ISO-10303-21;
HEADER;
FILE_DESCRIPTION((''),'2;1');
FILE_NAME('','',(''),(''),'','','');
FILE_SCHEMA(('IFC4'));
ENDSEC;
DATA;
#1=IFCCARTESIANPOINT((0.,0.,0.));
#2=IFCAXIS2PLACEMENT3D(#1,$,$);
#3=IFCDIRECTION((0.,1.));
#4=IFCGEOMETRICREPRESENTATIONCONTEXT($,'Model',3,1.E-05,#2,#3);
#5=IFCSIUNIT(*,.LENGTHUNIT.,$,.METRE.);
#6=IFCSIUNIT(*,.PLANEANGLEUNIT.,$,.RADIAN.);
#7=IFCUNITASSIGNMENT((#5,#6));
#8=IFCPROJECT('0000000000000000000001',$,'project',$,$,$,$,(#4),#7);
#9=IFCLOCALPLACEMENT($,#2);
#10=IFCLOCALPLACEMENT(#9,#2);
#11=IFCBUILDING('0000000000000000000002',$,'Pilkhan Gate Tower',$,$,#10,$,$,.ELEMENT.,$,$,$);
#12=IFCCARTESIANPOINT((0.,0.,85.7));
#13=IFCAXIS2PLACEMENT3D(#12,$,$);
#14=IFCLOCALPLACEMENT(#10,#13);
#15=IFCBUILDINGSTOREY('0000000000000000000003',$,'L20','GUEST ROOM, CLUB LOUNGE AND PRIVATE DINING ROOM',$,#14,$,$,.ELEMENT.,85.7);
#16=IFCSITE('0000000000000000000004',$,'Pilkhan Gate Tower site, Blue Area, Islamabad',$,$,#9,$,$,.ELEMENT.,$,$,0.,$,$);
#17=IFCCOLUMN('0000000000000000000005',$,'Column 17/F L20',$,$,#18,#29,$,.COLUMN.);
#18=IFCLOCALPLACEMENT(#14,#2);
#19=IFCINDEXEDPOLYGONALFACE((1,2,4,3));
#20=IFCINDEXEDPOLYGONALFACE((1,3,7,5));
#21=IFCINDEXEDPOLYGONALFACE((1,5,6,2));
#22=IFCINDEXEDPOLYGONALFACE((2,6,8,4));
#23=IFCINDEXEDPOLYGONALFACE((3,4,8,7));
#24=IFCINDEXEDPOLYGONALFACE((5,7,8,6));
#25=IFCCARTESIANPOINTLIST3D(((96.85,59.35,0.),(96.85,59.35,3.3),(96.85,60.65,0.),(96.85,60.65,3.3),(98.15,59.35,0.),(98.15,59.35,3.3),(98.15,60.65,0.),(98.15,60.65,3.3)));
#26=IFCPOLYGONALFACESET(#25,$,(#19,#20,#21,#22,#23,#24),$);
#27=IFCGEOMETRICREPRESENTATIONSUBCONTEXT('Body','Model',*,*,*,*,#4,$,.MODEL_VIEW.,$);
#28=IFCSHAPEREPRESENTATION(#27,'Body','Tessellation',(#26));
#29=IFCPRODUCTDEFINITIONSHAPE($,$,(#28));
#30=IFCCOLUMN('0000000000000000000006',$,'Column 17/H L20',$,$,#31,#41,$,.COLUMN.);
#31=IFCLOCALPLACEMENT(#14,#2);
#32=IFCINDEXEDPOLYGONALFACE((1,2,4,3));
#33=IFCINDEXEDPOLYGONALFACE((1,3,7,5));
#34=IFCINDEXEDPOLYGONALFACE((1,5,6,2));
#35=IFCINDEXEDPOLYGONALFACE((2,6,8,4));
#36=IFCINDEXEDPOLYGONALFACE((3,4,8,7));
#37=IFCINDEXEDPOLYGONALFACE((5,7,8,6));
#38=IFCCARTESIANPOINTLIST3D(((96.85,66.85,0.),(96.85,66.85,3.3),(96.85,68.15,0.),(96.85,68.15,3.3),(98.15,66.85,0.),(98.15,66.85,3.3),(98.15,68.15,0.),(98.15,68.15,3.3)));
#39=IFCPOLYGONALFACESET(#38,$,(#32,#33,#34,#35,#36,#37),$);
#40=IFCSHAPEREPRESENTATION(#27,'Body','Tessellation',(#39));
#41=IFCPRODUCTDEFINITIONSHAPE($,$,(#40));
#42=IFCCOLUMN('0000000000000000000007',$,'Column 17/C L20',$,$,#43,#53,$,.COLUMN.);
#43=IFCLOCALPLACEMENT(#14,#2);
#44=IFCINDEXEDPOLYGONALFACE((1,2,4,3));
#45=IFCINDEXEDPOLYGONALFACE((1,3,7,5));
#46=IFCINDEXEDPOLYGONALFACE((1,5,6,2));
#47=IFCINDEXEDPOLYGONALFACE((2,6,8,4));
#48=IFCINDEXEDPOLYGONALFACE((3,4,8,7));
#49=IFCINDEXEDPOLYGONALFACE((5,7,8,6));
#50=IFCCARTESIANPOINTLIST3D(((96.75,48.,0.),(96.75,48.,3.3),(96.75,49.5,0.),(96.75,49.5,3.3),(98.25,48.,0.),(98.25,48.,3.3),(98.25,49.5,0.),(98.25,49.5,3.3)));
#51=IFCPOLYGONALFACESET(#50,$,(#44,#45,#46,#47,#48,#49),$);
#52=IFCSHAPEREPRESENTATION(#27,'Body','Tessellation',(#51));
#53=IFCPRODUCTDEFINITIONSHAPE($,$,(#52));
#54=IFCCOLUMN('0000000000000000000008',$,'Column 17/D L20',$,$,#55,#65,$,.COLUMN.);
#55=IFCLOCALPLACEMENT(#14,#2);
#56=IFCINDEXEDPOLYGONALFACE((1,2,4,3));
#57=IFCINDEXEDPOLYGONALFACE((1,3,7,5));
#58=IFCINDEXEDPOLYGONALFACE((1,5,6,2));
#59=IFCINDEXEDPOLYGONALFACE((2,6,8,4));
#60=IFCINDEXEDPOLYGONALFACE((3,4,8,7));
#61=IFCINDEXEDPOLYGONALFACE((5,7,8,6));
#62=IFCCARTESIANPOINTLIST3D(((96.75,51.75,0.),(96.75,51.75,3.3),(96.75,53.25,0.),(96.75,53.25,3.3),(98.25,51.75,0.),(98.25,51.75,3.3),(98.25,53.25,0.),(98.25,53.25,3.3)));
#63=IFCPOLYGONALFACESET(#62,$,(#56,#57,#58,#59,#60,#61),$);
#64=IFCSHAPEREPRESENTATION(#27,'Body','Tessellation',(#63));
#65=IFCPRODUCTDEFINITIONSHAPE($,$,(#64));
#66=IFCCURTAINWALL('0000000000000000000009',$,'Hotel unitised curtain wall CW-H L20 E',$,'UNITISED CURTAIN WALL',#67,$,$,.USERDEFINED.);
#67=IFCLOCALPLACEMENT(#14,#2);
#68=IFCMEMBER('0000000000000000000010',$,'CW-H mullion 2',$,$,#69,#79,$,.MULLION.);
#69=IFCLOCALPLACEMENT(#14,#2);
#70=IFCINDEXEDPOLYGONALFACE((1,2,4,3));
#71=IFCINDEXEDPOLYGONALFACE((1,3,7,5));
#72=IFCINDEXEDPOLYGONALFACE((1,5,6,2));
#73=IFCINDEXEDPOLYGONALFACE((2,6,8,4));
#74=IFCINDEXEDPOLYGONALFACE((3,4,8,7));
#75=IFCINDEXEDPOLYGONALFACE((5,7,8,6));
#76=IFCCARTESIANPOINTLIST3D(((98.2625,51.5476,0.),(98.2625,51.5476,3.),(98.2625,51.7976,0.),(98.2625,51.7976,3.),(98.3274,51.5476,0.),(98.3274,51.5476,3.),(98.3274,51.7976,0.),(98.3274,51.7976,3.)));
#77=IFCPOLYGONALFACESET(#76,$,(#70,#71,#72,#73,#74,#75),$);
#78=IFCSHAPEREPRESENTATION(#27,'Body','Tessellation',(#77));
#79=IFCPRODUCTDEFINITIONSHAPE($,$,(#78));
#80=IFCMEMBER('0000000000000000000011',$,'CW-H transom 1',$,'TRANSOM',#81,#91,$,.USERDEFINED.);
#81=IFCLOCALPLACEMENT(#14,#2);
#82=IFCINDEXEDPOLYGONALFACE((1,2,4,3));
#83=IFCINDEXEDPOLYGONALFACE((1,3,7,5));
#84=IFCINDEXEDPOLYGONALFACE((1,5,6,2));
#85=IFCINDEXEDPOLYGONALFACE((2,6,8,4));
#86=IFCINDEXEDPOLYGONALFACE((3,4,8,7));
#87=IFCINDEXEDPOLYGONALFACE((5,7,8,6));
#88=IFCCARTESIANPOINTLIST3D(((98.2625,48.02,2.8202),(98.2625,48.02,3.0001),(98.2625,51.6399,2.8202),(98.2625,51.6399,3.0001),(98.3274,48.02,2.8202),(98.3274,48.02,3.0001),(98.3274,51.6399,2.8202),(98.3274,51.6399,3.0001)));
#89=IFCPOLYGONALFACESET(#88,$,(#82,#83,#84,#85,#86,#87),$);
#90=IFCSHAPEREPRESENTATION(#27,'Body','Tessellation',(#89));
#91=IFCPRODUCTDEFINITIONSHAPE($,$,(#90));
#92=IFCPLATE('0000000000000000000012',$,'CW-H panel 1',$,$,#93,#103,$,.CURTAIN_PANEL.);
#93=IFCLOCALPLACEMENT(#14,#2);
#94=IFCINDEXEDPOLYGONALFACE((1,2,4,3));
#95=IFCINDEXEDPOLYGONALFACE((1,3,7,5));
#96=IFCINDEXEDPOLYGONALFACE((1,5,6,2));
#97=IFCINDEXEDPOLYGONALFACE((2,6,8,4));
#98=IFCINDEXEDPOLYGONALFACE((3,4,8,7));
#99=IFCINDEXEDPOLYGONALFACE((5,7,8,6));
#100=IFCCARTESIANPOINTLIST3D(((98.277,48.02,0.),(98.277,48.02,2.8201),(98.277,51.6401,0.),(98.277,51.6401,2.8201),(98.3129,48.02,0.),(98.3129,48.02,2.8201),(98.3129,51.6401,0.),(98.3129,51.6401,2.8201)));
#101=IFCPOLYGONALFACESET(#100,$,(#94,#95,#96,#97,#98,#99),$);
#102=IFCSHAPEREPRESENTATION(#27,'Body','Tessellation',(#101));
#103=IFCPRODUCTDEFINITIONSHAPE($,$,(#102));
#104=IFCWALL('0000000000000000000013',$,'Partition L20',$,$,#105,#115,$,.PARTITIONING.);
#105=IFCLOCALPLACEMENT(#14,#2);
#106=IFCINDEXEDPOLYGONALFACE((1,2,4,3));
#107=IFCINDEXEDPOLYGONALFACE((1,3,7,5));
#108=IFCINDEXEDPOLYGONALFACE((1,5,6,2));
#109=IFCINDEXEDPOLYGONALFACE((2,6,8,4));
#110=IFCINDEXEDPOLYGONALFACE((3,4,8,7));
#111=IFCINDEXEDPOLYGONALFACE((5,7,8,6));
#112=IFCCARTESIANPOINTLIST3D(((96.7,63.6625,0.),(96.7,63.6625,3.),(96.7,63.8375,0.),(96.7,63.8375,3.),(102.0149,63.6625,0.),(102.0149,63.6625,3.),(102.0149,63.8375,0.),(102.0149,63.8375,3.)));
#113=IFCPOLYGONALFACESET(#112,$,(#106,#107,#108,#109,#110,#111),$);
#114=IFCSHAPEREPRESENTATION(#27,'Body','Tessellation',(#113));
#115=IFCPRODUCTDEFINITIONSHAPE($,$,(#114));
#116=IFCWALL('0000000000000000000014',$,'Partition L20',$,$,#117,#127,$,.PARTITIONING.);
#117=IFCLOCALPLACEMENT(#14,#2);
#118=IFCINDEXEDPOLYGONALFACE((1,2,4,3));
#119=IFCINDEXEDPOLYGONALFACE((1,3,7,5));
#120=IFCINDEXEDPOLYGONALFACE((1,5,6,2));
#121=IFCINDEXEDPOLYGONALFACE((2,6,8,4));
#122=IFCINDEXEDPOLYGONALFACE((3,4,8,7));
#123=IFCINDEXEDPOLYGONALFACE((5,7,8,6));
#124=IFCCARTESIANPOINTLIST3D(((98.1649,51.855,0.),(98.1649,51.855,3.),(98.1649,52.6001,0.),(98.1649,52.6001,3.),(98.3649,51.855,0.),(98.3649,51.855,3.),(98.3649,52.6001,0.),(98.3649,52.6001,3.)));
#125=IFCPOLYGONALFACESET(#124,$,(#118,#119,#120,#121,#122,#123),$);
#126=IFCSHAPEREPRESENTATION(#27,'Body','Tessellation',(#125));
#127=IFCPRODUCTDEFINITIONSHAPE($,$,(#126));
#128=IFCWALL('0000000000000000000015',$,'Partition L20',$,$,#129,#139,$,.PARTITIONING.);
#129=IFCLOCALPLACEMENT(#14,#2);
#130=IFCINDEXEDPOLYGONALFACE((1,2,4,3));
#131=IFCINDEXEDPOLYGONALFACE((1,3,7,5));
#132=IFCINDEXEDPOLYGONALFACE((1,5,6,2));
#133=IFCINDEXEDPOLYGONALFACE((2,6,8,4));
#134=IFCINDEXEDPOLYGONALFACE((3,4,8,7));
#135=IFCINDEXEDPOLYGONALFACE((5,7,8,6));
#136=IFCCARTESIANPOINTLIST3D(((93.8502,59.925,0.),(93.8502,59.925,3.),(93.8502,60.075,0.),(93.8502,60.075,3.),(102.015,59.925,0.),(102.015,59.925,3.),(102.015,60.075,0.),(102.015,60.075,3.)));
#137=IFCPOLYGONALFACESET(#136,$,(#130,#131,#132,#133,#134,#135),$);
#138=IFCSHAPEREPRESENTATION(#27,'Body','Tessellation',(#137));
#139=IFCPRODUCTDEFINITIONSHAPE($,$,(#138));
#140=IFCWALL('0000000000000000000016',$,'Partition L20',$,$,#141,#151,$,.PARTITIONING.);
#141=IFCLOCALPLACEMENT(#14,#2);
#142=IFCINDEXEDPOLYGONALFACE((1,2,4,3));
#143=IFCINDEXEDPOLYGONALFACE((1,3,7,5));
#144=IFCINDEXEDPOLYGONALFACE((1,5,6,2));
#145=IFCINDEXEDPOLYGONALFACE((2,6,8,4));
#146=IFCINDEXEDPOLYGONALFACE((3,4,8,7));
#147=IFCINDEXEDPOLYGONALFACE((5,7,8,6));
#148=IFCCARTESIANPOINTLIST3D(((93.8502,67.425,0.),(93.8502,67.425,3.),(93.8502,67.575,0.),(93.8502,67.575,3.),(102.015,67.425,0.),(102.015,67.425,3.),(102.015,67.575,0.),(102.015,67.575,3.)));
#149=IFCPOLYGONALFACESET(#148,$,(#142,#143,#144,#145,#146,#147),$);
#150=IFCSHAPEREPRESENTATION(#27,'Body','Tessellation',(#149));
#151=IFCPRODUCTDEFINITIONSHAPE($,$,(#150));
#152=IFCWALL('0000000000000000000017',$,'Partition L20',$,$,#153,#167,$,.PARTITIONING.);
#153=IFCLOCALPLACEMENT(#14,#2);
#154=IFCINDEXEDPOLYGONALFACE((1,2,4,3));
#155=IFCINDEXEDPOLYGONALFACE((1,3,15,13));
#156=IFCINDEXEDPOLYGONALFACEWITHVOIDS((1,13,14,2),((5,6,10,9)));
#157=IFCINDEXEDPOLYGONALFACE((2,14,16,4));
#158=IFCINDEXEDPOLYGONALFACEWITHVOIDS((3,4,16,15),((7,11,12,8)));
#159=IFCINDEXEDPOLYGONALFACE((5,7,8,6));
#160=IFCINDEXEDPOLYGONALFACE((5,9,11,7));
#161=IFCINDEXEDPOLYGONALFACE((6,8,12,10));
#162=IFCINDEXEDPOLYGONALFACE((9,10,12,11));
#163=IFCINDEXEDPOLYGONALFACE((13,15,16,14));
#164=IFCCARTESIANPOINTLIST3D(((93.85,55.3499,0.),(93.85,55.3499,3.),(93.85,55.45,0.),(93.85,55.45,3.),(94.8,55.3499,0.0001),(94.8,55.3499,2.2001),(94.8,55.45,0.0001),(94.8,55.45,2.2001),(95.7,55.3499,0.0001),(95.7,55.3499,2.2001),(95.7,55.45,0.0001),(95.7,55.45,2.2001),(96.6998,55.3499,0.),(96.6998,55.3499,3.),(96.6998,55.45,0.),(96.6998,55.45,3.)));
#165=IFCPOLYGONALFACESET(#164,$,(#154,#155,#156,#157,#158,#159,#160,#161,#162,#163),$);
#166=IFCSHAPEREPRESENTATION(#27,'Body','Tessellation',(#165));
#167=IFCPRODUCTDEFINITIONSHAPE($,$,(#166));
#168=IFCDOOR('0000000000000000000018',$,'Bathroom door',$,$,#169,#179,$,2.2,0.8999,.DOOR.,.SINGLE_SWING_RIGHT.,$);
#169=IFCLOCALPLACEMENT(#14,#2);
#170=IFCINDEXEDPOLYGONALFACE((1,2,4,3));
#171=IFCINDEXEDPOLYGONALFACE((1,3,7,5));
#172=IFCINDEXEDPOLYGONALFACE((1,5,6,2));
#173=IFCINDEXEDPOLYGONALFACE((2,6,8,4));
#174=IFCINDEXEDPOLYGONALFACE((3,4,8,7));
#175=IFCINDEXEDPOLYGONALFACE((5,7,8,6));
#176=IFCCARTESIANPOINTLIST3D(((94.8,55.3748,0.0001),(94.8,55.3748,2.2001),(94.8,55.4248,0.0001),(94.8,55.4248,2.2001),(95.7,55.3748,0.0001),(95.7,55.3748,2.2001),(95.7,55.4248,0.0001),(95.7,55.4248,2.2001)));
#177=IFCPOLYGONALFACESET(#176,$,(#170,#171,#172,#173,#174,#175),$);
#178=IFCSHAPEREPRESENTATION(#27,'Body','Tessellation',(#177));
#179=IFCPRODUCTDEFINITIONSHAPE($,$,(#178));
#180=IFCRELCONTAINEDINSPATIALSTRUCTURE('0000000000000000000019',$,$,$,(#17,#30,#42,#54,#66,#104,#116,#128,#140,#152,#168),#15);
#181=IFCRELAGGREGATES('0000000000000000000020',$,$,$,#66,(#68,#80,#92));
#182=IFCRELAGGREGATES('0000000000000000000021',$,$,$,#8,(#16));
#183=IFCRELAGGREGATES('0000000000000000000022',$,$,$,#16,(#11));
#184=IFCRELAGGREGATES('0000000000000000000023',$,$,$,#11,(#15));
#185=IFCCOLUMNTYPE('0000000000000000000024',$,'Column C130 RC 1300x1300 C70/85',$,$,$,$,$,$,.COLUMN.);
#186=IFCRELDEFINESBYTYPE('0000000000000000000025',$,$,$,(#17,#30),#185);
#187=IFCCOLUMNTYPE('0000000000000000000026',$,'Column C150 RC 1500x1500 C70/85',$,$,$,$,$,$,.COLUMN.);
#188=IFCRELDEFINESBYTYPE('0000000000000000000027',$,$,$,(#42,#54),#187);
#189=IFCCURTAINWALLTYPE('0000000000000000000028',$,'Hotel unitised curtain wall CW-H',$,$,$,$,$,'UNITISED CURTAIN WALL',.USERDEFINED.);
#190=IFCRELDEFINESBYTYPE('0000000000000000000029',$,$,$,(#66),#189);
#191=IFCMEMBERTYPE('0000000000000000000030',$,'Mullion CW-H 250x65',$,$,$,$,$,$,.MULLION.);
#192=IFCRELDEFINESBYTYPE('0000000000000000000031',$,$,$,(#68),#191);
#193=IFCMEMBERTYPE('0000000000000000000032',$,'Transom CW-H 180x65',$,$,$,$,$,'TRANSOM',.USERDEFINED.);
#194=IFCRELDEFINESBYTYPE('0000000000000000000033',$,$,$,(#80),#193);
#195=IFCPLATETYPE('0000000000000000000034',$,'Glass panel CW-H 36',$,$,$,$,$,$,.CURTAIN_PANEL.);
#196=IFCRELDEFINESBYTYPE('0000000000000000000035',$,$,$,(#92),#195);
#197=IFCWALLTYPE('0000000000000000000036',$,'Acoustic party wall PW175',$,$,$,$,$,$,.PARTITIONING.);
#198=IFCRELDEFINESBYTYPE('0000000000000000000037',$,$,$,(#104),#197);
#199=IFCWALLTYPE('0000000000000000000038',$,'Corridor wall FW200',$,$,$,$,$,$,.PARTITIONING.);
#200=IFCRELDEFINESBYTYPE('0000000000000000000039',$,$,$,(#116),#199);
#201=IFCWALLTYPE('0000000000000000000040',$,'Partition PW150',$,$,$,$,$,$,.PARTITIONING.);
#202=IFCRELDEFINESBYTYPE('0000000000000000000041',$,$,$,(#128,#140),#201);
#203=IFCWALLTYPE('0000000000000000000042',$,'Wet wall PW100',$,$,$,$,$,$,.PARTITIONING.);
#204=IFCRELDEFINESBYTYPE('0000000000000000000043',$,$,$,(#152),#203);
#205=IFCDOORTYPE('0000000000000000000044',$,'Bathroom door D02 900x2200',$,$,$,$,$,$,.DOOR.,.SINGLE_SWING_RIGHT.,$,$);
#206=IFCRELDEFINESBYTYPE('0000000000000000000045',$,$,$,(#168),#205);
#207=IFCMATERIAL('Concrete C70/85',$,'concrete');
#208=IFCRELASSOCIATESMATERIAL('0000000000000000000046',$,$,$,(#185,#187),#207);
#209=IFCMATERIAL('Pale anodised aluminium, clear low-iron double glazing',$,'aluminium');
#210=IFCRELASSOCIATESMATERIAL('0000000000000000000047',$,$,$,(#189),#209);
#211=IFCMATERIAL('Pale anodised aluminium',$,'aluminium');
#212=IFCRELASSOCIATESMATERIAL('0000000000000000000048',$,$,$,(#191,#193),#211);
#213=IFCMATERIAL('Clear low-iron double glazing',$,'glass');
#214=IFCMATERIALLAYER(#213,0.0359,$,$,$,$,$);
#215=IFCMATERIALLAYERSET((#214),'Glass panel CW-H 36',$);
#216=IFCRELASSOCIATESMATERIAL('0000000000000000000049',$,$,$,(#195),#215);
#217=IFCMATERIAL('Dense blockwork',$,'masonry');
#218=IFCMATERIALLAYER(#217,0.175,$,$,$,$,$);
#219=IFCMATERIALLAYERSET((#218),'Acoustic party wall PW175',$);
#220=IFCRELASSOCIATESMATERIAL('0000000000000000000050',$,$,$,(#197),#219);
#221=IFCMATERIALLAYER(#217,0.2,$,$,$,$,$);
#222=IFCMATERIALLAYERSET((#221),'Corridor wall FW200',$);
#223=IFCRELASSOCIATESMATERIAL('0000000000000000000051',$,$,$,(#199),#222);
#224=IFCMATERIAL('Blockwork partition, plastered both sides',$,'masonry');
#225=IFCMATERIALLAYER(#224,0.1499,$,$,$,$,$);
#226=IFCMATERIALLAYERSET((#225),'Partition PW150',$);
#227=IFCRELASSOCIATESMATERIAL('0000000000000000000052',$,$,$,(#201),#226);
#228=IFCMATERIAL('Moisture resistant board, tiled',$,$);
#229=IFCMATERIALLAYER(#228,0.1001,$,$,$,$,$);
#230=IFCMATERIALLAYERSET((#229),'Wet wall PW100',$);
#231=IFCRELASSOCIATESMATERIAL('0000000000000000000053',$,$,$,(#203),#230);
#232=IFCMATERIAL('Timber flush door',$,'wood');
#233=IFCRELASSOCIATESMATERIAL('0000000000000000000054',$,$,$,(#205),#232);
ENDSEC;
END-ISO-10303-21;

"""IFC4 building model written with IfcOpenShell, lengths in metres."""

from ifc_helpers import new_model, si_unit, direction, frame, frame_2d, origin, origin_2d, place, context, subcontext, project, spatial, rectangle, extrude, material, layer, layer_set, material_profile, profile_set, type_object, element, fill, aggregate, save


model = new_model("IFC4")

# Units and contexts
model_context = context("Model", 3, precision=1e-05, world=origin(), true_north=direction((0.0, 1.0)))
body_context = subcontext(model_context, "Body", "Model", "MODEL_VIEW")
ifc_project = project(units=[si_unit("LENGTHUNIT", "METRE"), si_unit("PLANEANGLEUNIT", "RADIAN")], contexts=[model_context])

# Site, building, storey
site_placement = place(None, origin())
site = spatial("IfcSite", under=ifc_project, at=site_placement, Name="Pilkhan Gate Tower site, Blue Area, Islamabad", CompositionType="ELEMENT", RefElevation=0.0)
building_placement = place(site_placement, origin())
building = spatial("IfcBuilding", under=site, at=building_placement, Name="Pilkhan Gate Tower", CompositionType="ELEMENT")
storey_placement = place(building_placement, frame((0.0, 0.0, 85.7)))
storey = spatial("IfcBuildingStorey", under=building, at=storey_placement, Name="L20", Description="GUEST ROOM, CLUB LOUNGE AND PRIVATE DINING ROOM", CompositionType="ELEMENT", Elevation=85.7)

# Columns
ifc_material_1 = material(Name="Concrete C70/85", Category="concrete")
ifc_material_profile_1 = material_profile(ifc_material_1, rectangle(XDim=1.3, YDim=1.3, at=origin_2d()), Name="RC 1300x1300")
ifc_profile_set_1 = profile_set([ifc_material_profile_1], Name="Concrete C70/85")
column_type_1 = type_object("IfcColumnType", Name="Column C130 RC 1300x1300 C70/85", PredefinedType="COLUMN", material=ifc_profile_set_1)
for number, where, z_axis, x_axis, name in (
    (1, (97.5, 60.0, 0.0), (0.0, 0.0, 1.0), (1.0, 0.0, 0.0), "Column 17/F L20"),
    (2, (97.5, 67.5, 0.0), (0.0, 0.0, 1.0), (1.0, 0.0, 0.0), "Column 17/H L20"),
):
    element("IfcColumn", number, at=place(storey_placement, frame(where, z_axis=z_axis, x_axis=x_axis)), inside=storey, type_object=column_type_1, Name=name, PredefinedType="COLUMN", context=body_context, shape_type="SweptSolid", body=[
        extrude(rectangle(XDim=1.3, YDim=1.3, at=origin_2d()), origin(), (0.0, 0.0, 1.0), 3.3),
    ])
ifc_material_profile_2 = material_profile(ifc_material_1, rectangle(XDim=1.5, YDim=1.5, at=origin_2d()), Name="RC 1500x1500")
ifc_profile_set_2 = profile_set([ifc_material_profile_2], Name="Concrete C70/85")
column_type_2 = type_object("IfcColumnType", Name="Column C150 RC 1500x1500 C70/85", PredefinedType="COLUMN", material=ifc_profile_set_2)
for number, where, z_axis, x_axis, name in (
    (3, (97.5, 48.75, 0.0), (0.0, 0.0, 1.0), (1.0, 0.0, 0.0), "Column 17/C L20"),
    (4, (97.5, 52.5, 0.0), (0.0, 0.0, 1.0), (1.0, 0.0, 0.0), "Column 17/D L20"),
):
    element("IfcColumn", number, at=place(storey_placement, frame(where, z_axis=z_axis, x_axis=x_axis)), inside=storey, type_object=column_type_2, Name=name, PredefinedType="COLUMN", context=body_context, shape_type="SweptSolid", body=[
        extrude(rectangle(XDim=1.5, YDim=1.5, at=origin_2d()), origin(), (0.0, 0.0, 1.0), 3.3),
    ])

# Curtain wall, members, plate
ifc_material_2 = material(Name="Pale anodised aluminium, clear low-iron double glazing", Category="aluminium")
curtain_wall_type = type_object("IfcCurtainWallType", Name="Hotel unitised curtain wall CW-H", ElementType="UNITISED CURTAIN WALL", PredefinedType="USERDEFINED", material=ifc_material_2)
curtain_wall_placement = place(storey_placement, origin())
curtain_wall = element("IfcCurtainWall", 5, at=curtain_wall_placement, inside=storey, type_object=curtain_wall_type, Name="Hotel unitised curtain wall CW-H L20 E", ObjectType="UNITISED CURTAIN WALL", PredefinedType="USERDEFINED")
ifc_material_3 = material(Name="Pale anodised aluminium", Category="aluminium")
ifc_material_profile_3 = material_profile(ifc_material_3, rectangle(XDim=0.0649, YDim=0.25, at=origin_2d()), Name="Mullion 250x65")
ifc_profile_set_3 = profile_set([ifc_material_profile_3], Name="Pale anodised aluminium")
member_type_1 = type_object("IfcMemberType", Name="Mullion CW-H 250x65", PredefinedType="MULLION", material=ifc_profile_set_3)
member_1_placement = place(storey_placement, frame((98.2949, 51.6726, 0.0), z_axis=(0.0, 0.0, 1.0), x_axis=(-1.0, 0.0, 0.0)))
member_1 = element("IfcMember", 6, at=member_1_placement, type_object=member_type_1, Name="CW-H mullion 2", PredefinedType="MULLION", context=body_context, shape_type="SweptSolid", body=[
    extrude(rectangle(XDim=0.0649, YDim=0.25, at=origin_2d()), origin(), (0.0, 0.0, 1.0), 3.0),
])
ifc_material_profile_4 = material_profile(ifc_material_3, rectangle(XDim=0.0649, YDim=0.1799, at=origin_2d()), Name="Transom 180x65")
ifc_profile_set_4 = profile_set([ifc_material_profile_4], Name="Pale anodised aluminium")
member_type_2 = type_object("IfcMemberType", Name="Transom CW-H 180x65", ElementType="TRANSOM", PredefinedType="USERDEFINED", material=ifc_profile_set_4)
member_2_placement = place(storey_placement, frame((98.2949, 48.02, 2.9102), z_axis=(0.0, 1.0, 0.0), x_axis=(-1.0, 0.0, 0.0)))
member_2 = element("IfcMember", 7, at=member_2_placement, type_object=member_type_2, Name="CW-H transom 1", ObjectType="TRANSOM", PredefinedType="USERDEFINED", context=body_context, shape_type="SweptSolid", body=[
    extrude(rectangle(XDim=0.0649, YDim=0.1799, at=origin_2d()), origin(), (0.0, 0.0, 1.0), 3.6199),
])
ifc_material_4 = material(Name="Clear low-iron double glazing", Category="glass")
ifc_layer_1 = layer(ifc_material_4, 0.0359)
ifc_layer_set_1 = layer_set([ifc_layer_1], Name="Glass panel CW-H 36")
plate_type = type_object("IfcPlateType", Name="Glass panel CW-H 36", PredefinedType="CURTAIN_PANEL", material=ifc_layer_set_1)
plate_placement = place(storey_placement, frame((98.2949, 49.8301, 0.0), z_axis=(0.0, 0.0, 1.0), x_axis=(0.0, 1.0, 0.0)))
plate = element("IfcPlate", 8, at=plate_placement, type_object=plate_type, Name="CW-H panel 1", PredefinedType="CURTAIN_PANEL", context=body_context, shape_type="SweptSolid", body=[
    extrude(rectangle(XDim=3.6201, YDim=0.0359, at=origin_2d()), origin(), (0.0, 0.0, 1.0), 2.8201),
])
aggregate(curtain_wall, [member_1, member_2, plate])

# Walls
ifc_material_5 = material(Name="Dense blockwork", Category="masonry")
ifc_layer_2 = layer(ifc_material_5, 0.175)
ifc_layer_set_2 = layer_set([ifc_layer_2], Name="Acoustic party wall PW175")
wall_type_1 = type_object("IfcWallType", Name="Acoustic party wall PW175", PredefinedType="PARTITIONING", material=ifc_layer_set_2)
wall_1_placement = place(storey_placement, frame((96.7, 63.75, 0.0), z_axis=(0.0, 0.0, 1.0), x_axis=(1.0, 0.0, 0.0)))
element("IfcWall", 9, at=wall_1_placement, inside=storey, type_object=wall_type_1, Name="Partition L20", PredefinedType="PARTITIONING", context=body_context, shape_type="SweptSolid", body=[
    extrude(rectangle(XDim=5.3149, YDim=0.175, at=frame_2d((2.6575, 0.0))), origin(), (0.0, 0.0, 1.0), 3.0),
])
ifc_layer_3 = layer(ifc_material_5, 0.2)
ifc_layer_set_3 = layer_set([ifc_layer_3], Name="Corridor wall FW200")
wall_type_2 = type_object("IfcWallType", Name="Corridor wall FW200", PredefinedType="PARTITIONING", material=ifc_layer_set_3)
wall_2_placement = place(storey_placement, frame((98.2649, 51.855, 0.0), z_axis=(0.0, 0.0, 1.0), x_axis=(0.0, 1.0, 0.0)))
element("IfcWall", 10, at=wall_2_placement, inside=storey, type_object=wall_type_2, Name="Partition L20", PredefinedType="PARTITIONING", context=body_context, shape_type="SweptSolid", body=[
    extrude(rectangle(XDim=0.7451, YDim=0.2, at=frame_2d((0.3726, 0.0))), origin(), (0.0, 0.0, 1.0), 3.0),
])
ifc_material_6 = material(Name="Blockwork partition, plastered both sides", Category="masonry")
ifc_layer_4 = layer(ifc_material_6, 0.1499)
ifc_layer_set_4 = layer_set([ifc_layer_4], Name="Partition PW150")
wall_type_3 = type_object("IfcWallType", Name="Partition PW150", PredefinedType="PARTITIONING", material=ifc_layer_set_4)
for number, where, z_axis, x_axis, name in (
    (11, (93.8501, 60.0, 0.0), (0.0, 0.0, 1.0), (1.0, 0.0, 0.0), "Partition L20"),
    (12, (93.8501, 67.5, 0.0), (0.0, 0.0, 1.0), (1.0, 0.0, 0.0), "Partition L20"),
):
    element("IfcWall", number, at=place(storey_placement, frame(where, z_axis=z_axis, x_axis=x_axis)), inside=storey, type_object=wall_type_3, Name=name, PredefinedType="PARTITIONING", context=body_context, shape_type="SweptSolid", body=[
        extrude(rectangle(XDim=8.1648, YDim=0.1499, at=frame_2d((4.0825, 0.0))), origin(), (0.0, 0.0, 1.0), 3.0),
    ])

# Wall, opening, door
ifc_material_7 = material(Name="Moisture resistant board, tiled")
ifc_layer_5 = layer(ifc_material_7, 0.1001)
ifc_layer_set_5 = layer_set([ifc_layer_5], Name="Wet wall PW100")
wall_type_4 = type_object("IfcWallType", Name="Wet wall PW100", PredefinedType="PARTITIONING", material=ifc_layer_set_5)
wall_3_placement = place(storey_placement, frame((93.8501, 55.3999, 0.0), z_axis=(0.0, 0.0, 1.0), x_axis=(1.0, 0.0, 0.0)))
wall_3 = element("IfcWall", 13, at=wall_3_placement, inside=storey, type_object=wall_type_4, Name="Partition L20", PredefinedType="PARTITIONING", context=body_context, shape_type="SweptSolid", body=[
    extrude(rectangle(XDim=2.8499, YDim=0.1001, at=frame_2d((1.4248, 0.0))), origin(), (0.0, 0.0, 1.0), 3.0),
])
opening_1_placement = place(wall_3_placement, frame((0.95, 0.0, 0.0)))
opening_1 = element("IfcOpeningElement", 14, at=opening_1_placement, cuts=wall_3, PredefinedType="OPENING", context=body_context, shape_type="SweptSolid", body=[
    extrude(rectangle(XDim=0.8999, YDim=2.2, at=frame_2d((0.45, 1.1001))), frame((0.0, 0.0601, 0.0), z_axis=(0.0, -1.0, 0.0), x_axis=(1.0, 0.0, 0.0)), (0.0, 0.0, 1.0), 0.1201),
])
ifc_material_8 = material(Name="Timber flush door", Category="wood")
door_type = type_object("IfcDoorType", Name="Bathroom door D02 900x2200", OperationType="SINGLE_SWING_RIGHT", PredefinedType="DOOR", material=ifc_material_8)
door_1_placement = place(opening_1_placement, origin())
door_1 = element("IfcDoor", 15, at=door_1_placement, inside=storey, type_object=door_type, Name="Bathroom door", OperationType="SINGLE_SWING_RIGHT", OverallHeight=2.2, OverallWidth=0.8999, PredefinedType="DOOR", context=body_context, shape_type="SweptSolid", body=[
    extrude(rectangle(XDim=0.8999, YDim=2.2, at=frame_2d((0.45, 1.1001))), frame((0.0, 0.0249, 0.0), z_axis=(0.0, -1.0, 0.0), x_axis=(1.0, 0.0, 0.0)), (0.0, 0.0, 1.0), 0.05),
])
fill(opening_1, door_1)

save(model, "model.ifc")
